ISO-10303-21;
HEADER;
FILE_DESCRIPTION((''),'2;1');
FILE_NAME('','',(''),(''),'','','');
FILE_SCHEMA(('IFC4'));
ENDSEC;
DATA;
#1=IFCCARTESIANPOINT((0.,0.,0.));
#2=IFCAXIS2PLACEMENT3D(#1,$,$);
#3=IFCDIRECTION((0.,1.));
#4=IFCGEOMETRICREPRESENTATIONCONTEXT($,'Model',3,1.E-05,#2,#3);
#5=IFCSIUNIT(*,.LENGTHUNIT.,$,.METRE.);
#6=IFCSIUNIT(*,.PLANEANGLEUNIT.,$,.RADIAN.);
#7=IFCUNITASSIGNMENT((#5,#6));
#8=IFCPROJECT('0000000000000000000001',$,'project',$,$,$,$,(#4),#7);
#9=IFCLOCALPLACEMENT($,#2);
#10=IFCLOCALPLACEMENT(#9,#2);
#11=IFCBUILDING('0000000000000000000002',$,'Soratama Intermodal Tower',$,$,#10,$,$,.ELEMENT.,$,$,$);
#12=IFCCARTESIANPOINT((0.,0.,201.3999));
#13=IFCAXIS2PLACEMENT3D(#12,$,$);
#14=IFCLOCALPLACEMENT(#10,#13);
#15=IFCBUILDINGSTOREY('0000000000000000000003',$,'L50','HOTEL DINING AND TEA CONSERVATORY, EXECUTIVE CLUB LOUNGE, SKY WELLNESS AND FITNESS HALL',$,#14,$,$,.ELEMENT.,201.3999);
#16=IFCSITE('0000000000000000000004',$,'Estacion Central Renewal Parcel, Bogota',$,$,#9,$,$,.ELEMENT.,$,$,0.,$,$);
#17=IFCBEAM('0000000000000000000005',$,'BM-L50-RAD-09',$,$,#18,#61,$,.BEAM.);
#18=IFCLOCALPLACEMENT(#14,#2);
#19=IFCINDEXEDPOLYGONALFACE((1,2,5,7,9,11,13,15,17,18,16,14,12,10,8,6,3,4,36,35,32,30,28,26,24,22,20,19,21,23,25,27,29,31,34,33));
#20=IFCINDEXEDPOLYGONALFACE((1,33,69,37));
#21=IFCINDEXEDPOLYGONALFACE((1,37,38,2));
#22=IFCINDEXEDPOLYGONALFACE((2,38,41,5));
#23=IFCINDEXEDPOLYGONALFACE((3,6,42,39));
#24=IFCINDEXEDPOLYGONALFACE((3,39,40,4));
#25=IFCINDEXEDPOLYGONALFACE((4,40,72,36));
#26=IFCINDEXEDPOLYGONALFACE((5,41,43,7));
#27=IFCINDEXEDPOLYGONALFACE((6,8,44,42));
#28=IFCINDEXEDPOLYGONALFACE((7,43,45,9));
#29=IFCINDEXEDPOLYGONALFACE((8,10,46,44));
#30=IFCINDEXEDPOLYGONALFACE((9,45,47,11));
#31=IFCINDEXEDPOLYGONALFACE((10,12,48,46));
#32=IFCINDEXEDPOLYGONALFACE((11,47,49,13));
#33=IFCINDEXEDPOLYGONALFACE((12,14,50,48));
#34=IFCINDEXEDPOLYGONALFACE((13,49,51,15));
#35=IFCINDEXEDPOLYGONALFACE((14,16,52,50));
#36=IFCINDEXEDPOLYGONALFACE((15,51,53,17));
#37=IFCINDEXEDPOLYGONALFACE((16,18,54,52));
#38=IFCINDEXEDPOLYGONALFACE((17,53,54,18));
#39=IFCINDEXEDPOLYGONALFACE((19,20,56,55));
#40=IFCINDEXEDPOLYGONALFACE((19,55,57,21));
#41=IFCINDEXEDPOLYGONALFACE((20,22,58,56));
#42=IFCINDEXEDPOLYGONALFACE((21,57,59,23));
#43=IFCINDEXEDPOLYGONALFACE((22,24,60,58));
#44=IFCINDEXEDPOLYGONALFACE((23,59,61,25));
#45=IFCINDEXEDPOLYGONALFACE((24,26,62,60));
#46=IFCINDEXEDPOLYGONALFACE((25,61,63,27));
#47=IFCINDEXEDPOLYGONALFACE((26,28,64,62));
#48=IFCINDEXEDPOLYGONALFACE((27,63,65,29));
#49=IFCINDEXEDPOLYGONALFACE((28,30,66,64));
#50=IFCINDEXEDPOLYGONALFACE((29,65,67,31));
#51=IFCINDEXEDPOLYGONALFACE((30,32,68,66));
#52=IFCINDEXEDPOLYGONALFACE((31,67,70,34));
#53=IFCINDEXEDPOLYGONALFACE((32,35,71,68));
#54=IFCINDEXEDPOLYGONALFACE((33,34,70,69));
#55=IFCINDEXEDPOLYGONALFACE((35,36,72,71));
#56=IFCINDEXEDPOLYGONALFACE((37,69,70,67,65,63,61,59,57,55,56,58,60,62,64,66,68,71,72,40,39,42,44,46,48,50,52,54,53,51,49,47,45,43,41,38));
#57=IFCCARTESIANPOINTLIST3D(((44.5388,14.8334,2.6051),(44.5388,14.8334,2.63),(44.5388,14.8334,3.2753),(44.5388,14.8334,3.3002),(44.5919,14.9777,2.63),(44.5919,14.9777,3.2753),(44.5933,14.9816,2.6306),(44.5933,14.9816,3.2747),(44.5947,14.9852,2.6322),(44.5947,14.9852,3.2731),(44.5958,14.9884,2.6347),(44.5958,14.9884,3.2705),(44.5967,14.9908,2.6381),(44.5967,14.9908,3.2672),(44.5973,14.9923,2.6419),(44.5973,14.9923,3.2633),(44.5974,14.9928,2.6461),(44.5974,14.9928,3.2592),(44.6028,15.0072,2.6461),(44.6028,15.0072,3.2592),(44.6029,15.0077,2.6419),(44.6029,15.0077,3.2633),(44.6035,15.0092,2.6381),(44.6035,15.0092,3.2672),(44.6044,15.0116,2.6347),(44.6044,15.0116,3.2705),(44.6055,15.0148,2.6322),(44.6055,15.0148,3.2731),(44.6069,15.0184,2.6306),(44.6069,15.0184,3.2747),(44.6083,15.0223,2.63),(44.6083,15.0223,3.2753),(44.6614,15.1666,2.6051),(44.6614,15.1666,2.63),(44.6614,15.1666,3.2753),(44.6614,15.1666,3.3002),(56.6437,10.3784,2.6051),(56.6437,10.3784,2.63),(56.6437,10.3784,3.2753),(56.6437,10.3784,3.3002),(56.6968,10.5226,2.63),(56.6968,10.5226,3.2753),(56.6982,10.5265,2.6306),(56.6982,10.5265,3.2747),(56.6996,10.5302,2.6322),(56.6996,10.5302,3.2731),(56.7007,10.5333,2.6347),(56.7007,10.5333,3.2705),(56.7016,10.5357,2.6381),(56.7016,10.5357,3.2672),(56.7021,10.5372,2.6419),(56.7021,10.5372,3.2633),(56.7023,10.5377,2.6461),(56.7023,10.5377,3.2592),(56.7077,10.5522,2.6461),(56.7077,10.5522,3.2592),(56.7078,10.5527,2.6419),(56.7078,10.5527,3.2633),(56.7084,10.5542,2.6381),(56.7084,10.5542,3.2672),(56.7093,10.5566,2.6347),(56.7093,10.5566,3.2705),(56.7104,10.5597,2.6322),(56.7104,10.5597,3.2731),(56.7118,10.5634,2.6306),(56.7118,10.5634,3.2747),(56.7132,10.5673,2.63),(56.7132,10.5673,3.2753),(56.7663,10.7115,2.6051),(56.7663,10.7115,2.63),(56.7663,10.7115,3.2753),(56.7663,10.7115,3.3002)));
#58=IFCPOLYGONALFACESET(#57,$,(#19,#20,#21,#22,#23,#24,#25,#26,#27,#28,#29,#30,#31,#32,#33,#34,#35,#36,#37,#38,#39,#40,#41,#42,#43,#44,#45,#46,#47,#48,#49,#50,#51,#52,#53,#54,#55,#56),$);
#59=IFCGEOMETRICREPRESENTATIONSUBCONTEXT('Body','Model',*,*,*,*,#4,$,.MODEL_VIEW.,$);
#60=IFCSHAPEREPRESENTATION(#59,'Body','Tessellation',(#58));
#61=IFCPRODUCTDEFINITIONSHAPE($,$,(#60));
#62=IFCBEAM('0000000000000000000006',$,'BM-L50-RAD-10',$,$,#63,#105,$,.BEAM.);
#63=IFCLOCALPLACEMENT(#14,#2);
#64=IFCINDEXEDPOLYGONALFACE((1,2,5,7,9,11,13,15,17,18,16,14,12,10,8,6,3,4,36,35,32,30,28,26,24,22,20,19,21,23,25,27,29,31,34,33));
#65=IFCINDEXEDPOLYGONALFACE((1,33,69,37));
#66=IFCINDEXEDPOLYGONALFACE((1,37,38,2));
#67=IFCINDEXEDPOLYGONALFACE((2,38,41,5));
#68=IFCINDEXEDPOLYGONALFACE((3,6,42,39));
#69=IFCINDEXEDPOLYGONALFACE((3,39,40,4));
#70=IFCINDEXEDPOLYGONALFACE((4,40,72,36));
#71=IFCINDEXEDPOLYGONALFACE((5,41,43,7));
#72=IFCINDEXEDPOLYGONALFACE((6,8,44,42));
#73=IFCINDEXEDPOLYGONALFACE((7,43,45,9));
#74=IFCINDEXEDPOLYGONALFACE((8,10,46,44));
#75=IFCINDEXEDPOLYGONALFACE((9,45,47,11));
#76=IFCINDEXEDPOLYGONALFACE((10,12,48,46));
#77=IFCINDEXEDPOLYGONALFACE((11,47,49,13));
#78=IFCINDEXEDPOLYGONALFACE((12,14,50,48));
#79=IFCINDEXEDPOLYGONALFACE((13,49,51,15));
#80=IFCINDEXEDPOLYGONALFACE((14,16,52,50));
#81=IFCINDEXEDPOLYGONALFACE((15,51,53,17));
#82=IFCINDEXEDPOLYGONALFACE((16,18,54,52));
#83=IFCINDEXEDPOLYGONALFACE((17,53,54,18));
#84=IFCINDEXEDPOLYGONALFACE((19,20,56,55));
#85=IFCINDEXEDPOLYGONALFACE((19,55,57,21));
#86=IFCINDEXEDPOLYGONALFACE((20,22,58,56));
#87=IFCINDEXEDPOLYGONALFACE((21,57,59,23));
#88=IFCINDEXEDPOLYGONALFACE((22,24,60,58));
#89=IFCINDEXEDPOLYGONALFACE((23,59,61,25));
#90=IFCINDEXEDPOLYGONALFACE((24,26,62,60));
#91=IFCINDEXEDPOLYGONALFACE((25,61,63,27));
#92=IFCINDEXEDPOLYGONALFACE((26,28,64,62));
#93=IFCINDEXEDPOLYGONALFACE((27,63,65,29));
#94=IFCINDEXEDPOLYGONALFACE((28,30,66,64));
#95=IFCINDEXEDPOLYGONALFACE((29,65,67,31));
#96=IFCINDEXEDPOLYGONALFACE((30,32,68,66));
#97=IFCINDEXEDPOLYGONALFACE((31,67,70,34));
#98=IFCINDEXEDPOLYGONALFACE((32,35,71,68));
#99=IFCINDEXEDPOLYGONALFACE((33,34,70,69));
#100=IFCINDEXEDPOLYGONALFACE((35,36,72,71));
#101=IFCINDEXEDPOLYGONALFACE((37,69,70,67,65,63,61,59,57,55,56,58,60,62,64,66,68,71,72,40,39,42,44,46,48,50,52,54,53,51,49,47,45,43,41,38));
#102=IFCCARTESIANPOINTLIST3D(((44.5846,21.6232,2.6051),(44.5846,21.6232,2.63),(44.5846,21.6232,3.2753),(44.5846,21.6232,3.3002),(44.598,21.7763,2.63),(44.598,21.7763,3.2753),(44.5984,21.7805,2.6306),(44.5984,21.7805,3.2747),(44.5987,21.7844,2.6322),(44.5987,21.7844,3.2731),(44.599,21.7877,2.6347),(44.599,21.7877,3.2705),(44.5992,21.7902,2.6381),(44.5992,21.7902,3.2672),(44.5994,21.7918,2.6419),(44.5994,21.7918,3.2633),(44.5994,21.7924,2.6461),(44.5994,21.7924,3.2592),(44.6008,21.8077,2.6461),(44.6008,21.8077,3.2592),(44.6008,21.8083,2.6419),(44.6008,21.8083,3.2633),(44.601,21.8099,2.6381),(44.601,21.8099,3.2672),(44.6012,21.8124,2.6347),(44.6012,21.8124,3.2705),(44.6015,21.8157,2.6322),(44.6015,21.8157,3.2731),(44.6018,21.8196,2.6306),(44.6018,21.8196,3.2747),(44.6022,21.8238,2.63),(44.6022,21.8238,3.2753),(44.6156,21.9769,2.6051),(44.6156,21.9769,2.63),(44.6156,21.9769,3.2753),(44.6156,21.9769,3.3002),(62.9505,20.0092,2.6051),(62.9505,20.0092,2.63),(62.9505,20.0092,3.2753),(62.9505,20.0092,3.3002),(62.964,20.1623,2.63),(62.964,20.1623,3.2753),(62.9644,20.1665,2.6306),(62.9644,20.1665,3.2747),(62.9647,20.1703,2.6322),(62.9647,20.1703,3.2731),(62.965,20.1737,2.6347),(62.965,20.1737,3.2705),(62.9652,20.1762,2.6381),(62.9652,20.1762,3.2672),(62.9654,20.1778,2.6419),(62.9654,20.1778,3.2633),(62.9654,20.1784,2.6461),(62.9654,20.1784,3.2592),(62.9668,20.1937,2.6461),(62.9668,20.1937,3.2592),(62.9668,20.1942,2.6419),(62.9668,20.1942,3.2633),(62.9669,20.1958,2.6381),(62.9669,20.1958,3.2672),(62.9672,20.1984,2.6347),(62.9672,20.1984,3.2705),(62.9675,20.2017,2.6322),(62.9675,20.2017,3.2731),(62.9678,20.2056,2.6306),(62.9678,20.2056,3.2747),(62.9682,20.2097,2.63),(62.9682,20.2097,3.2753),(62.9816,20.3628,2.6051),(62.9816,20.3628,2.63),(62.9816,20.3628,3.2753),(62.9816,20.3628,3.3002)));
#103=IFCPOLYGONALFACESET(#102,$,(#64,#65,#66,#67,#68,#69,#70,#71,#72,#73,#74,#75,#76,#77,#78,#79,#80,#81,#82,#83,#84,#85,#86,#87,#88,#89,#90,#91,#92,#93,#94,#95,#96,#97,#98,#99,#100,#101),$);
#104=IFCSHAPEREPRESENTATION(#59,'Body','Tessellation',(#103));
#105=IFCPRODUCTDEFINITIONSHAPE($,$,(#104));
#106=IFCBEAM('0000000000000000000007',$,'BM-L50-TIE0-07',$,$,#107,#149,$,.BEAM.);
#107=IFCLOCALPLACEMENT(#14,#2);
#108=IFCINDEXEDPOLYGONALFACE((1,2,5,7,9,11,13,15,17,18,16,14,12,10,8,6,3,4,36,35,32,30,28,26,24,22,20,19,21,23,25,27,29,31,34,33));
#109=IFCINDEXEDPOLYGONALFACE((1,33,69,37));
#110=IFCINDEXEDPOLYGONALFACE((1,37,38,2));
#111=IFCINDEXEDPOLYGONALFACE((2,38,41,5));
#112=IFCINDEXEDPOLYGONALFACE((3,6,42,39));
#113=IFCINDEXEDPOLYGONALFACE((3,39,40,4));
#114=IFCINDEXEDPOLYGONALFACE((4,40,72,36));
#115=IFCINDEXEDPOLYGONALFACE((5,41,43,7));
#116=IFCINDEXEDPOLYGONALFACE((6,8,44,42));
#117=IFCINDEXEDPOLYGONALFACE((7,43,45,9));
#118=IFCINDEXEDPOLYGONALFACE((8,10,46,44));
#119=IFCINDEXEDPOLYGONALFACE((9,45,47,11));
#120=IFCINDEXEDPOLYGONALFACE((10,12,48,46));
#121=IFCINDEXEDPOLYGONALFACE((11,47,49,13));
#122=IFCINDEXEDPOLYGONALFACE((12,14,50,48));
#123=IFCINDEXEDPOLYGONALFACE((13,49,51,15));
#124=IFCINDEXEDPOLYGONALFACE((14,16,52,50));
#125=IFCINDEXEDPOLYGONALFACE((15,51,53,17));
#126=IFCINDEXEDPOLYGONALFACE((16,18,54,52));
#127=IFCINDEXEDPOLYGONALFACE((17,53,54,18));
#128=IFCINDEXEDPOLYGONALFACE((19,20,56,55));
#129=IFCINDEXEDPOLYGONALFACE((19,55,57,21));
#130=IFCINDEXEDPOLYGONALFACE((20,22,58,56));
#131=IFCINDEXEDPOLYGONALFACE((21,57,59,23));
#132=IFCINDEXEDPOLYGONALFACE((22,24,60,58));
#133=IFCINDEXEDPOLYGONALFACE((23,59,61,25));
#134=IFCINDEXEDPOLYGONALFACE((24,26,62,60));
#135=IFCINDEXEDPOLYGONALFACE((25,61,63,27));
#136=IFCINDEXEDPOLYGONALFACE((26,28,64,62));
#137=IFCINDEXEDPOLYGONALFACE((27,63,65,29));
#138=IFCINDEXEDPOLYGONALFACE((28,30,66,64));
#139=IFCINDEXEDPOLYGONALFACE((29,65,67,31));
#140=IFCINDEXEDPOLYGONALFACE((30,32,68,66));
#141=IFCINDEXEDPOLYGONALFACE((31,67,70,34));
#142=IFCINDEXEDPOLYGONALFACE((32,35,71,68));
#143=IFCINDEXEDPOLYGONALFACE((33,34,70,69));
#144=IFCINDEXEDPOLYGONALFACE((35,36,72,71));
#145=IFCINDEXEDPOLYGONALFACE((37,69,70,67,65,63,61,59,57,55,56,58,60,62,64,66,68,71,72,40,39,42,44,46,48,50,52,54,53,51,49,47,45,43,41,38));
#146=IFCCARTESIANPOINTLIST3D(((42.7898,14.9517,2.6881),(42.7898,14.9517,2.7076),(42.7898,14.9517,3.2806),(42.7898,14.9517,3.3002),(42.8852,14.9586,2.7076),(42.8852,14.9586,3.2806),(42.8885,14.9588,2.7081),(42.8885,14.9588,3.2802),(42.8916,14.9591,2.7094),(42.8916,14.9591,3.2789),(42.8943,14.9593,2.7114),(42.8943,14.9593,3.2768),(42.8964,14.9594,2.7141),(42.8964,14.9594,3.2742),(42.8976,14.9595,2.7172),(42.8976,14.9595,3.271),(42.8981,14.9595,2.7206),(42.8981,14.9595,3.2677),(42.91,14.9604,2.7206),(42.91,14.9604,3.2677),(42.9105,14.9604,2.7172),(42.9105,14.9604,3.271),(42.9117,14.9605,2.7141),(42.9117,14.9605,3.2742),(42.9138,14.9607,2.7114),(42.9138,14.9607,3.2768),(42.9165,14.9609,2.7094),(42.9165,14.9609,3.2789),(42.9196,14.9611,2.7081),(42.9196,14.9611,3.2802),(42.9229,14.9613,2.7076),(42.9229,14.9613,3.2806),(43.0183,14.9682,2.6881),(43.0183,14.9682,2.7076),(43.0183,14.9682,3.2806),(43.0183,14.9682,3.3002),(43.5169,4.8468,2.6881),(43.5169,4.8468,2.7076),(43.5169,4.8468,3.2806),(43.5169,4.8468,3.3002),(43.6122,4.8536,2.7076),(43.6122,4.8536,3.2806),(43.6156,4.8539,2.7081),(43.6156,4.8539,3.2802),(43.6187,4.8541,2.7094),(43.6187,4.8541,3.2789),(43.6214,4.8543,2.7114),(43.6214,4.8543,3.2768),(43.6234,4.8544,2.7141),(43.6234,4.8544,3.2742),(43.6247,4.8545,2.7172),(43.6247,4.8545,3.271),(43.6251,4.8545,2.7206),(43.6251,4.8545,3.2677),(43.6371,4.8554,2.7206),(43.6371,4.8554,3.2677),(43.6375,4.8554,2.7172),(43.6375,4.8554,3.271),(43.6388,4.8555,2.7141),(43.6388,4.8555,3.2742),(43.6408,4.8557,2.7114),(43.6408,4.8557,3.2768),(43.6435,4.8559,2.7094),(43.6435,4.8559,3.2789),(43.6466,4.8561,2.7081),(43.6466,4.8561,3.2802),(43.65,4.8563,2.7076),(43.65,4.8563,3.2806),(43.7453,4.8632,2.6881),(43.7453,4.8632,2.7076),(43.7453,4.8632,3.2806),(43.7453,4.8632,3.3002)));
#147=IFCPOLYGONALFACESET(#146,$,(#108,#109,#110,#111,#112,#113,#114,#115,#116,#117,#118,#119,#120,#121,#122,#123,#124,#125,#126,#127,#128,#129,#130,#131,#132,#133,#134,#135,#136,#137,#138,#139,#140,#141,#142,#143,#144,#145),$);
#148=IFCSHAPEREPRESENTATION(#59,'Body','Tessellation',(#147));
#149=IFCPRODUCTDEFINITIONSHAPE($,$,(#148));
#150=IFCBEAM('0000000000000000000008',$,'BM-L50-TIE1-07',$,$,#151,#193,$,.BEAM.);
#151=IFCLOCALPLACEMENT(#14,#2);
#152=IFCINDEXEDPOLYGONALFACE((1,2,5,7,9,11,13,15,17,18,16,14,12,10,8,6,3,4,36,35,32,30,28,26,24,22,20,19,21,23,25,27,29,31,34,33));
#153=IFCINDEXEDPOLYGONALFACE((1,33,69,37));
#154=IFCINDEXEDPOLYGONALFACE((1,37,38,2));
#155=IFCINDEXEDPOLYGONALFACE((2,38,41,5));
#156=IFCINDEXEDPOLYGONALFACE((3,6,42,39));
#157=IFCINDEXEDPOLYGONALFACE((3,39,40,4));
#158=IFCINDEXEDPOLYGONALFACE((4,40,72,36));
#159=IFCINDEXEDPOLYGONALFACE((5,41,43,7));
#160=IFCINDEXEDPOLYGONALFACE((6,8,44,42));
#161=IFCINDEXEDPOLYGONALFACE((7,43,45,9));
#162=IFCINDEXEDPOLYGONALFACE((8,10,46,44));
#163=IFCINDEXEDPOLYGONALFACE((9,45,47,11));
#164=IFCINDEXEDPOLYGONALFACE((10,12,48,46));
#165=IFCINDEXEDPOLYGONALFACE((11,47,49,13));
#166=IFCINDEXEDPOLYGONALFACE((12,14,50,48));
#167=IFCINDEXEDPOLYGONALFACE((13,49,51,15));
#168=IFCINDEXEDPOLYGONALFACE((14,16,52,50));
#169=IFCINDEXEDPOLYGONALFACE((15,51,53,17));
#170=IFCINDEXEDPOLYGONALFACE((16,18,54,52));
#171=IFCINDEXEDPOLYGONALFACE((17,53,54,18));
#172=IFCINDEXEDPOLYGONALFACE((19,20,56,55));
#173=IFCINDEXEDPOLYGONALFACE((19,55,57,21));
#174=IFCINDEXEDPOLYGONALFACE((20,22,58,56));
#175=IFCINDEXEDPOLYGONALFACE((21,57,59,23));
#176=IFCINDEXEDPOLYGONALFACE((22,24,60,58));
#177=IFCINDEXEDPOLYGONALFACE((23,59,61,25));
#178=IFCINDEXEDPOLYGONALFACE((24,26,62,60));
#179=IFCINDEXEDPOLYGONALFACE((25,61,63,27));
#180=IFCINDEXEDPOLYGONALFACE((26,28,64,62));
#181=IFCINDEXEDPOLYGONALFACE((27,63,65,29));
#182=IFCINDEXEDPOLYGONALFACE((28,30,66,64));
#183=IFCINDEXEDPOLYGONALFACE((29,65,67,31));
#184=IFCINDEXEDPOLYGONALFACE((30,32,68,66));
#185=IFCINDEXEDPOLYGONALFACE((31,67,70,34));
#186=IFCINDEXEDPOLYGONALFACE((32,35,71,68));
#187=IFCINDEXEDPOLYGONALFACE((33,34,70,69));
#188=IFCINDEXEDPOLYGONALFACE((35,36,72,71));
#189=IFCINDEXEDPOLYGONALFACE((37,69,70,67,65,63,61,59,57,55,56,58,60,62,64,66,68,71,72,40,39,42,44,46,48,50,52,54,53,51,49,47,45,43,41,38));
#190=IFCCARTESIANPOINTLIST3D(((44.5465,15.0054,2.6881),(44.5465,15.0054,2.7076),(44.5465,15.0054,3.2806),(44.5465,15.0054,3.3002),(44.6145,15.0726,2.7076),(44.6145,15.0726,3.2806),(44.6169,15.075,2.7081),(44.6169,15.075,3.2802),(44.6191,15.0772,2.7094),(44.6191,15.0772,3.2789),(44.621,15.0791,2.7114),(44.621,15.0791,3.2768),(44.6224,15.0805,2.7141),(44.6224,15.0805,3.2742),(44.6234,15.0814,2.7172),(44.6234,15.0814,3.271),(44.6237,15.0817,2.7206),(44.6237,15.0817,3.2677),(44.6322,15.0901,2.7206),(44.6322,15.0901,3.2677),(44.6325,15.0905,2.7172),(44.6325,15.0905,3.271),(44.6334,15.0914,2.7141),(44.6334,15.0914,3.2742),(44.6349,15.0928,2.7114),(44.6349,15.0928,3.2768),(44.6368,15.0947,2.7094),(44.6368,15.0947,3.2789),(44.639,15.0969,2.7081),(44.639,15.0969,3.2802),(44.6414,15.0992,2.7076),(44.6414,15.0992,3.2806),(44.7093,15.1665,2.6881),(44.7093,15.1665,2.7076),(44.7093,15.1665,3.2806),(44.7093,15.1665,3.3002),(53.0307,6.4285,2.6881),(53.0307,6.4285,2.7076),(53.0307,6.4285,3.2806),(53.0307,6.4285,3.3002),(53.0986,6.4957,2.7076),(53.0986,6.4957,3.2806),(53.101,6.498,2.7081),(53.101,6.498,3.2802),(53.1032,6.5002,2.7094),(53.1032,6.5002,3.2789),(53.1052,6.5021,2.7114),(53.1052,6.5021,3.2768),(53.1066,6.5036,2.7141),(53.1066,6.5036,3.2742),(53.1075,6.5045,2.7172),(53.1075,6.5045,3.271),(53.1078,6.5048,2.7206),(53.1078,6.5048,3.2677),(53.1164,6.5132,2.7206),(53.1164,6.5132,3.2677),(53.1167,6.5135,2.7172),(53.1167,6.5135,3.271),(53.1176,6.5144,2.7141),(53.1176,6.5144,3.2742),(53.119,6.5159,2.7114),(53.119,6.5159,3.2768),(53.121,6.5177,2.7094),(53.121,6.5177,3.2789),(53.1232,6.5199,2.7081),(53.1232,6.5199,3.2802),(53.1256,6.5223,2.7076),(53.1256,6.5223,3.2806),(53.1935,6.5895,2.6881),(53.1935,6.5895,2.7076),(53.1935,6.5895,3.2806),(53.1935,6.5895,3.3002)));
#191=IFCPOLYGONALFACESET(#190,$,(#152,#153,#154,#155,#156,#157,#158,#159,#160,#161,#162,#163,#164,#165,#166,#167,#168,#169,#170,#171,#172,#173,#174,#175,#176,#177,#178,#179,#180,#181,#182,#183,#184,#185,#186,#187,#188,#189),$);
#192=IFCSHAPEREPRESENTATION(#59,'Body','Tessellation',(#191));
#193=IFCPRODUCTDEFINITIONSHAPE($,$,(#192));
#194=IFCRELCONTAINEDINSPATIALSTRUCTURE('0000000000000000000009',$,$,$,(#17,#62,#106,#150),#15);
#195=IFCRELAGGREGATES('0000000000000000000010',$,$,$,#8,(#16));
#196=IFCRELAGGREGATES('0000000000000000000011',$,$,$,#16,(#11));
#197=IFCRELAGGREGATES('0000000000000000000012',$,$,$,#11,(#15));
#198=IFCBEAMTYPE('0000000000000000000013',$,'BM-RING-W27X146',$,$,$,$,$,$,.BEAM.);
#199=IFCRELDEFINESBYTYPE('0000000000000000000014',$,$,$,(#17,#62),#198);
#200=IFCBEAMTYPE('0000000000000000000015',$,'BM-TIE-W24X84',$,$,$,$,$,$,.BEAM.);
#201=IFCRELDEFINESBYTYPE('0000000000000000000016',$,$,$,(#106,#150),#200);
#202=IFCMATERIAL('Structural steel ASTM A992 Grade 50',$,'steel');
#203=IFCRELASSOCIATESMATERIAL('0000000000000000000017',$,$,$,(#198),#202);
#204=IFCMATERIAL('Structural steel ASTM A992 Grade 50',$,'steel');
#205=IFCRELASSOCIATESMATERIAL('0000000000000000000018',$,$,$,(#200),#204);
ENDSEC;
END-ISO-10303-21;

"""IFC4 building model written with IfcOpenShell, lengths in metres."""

from ifc_helpers import new_model, si_unit, direction, frame, origin, origin_2d, place, context, subcontext, project, spatial, i_section, extrude, material, material_profile, profile_set, type_object, element, save


model = new_model("IFC4")

# Units and contexts
model_context = context("Model", 3, precision=1e-05, world=origin(), true_north=direction((0.0, 1.0)))
body_context = subcontext(model_context, "Body", "Model", "MODEL_VIEW")
ifc_project = project(units=[si_unit("LENGTHUNIT", "METRE"), si_unit("PLANEANGLEUNIT", "RADIAN")], contexts=[model_context])

# Site, building, storey
site_placement = place(None, origin())
site = spatial("IfcSite", under=ifc_project, at=site_placement, Name="Estacion Central Renewal Parcel, Bogota", CompositionType="ELEMENT", RefElevation=0.0)
building_placement = place(site_placement, origin())
building = spatial("IfcBuilding", under=site, at=building_placement, Name="Soratama Intermodal Tower", CompositionType="ELEMENT")
storey_placement = place(building_placement, frame((0.0, 0.0, 201.3999)))
storey = spatial("IfcBuildingStorey", under=building, at=storey_placement, Name="L50", Description="HOTEL DINING AND TEA CONSERVATORY, EXECUTIVE CLUB LOUNGE, SKY WELLNESS AND FITNESS HALL", CompositionType="ELEMENT", Elevation=201.3999)

# Beams
ifc_material_1 = material(Name="Structural steel ASTM A992 Grade 50", Category="steel")
ifc_material_profile_1 = material_profile(ifc_material_1, i_section(OverallWidth=0.355, OverallDepth=0.6951, WebThickness=0.0154, FlangeThickness=0.0249, FilletRadius=0.0161, at=origin_2d()), Name="W27X146")
ifc_profile_set_1 = profile_set([ifc_material_profile_1], Name="Structural steel ASTM A992 Grade 50")
beam_type_1 = type_object("IfcBeamType", Name="BM-RING-W27X146", PredefinedType="BEAM", material=ifc_profile_set_1)
beam_1_placement = place(storey_placement, frame((44.6001, 15.0, 2.9526), z_axis=(0.93846, -0.345388, 0.0), x_axis=(0.345388, 0.93846, 0.0)))
element("IfcBeam", 1, at=beam_1_placement, inside=storey, type_object=beam_type_1, Name="BM-L50-RAD-09", PredefinedType="BEAM", context=body_context, shape_type="SweptSolid", body=[
    extrude(i_section(OverallWidth=0.355, OverallDepth=0.6951, WebThickness=0.0154, FlangeThickness=0.0249, FilletRadius=0.0161, at=origin_2d()), origin(), (0.0, 0.0, 1.0), 12.8987),
])
beam_2_placement = place(storey_placement, frame((44.6001, 21.8, 2.9526), z_axis=(0.996161, -0.087543, 0.0), x_axis=(0.087543, 0.996161, 0.0)))
element("IfcBeam", 2, at=beam_2_placement, inside=storey, type_object=beam_type_1, Name="BM-L50-RAD-10", PredefinedType="BEAM", context=body_context, shape_type="SweptSolid", body=[
    extrude(i_section(OverallWidth=0.355, OverallDepth=0.6951, WebThickness=0.0154, FlangeThickness=0.0249, FilletRadius=0.0161, at=origin_2d()), origin(), (0.0, 0.0, 1.0), 18.4368),
])
ifc_material_2 = material(Name="Structural steel ASTM A992 Grade 50", Category="steel")
ifc_material_profile_2 = material_profile(ifc_material_2, i_section(OverallWidth=0.229, OverallDepth=0.6121, WebThickness=0.012, FlangeThickness=0.0195, FilletRadius=0.0129, at=origin_2d()), Name="W24X84")
ifc_profile_set_2 = profile_set([ifc_material_profile_2], Name="Structural steel ASTM A992 Grade 50")
beam_type_2 = type_object("IfcBeamType", Name="BM-TIE-W24X84", PredefinedType="BEAM", material=ifc_profile_set_2)
beam_3_placement = place(storey_placement, frame((42.9041, 14.96, 2.9941), z_axis=(0.071764, -0.997422, 0.0), x_axis=(0.997422, 0.071764, 0.0)))
element("IfcBeam", 3, at=beam_3_placement, inside=storey, type_object=beam_type_2, Name="BM-L50-TIE0-07", PredefinedType="BEAM", context=body_context, shape_type="SweptSolid", body=[
    extrude(i_section(OverallWidth=0.229, OverallDepth=0.6121, WebThickness=0.012, FlangeThickness=0.0195, FilletRadius=0.0129, at=origin_2d()), origin(), (0.0, 0.0, 1.0), 10.1311),
])
beam_4_placement = place(storey_placement, frame((44.6279, 15.0859, 2.9941), z_axis=(0.703251, -0.710941, 0.0), x_axis=(0.710941, 0.703251, 0.0)))
element("IfcBeam", 4, at=beam_4_placement, inside=storey, type_object=beam_type_2, Name="BM-L50-TIE1-07", PredefinedType="BEAM", context=body_context, shape_type="SweptSolid", body=[
    extrude(i_section(OverallWidth=0.229, OverallDepth=0.6121, WebThickness=0.012, FlangeThickness=0.0195, FilletRadius=0.0129, at=origin_2d()), origin(), (0.0, 0.0, 1.0), 12.0642),
])

save(model, "model.ifc")
